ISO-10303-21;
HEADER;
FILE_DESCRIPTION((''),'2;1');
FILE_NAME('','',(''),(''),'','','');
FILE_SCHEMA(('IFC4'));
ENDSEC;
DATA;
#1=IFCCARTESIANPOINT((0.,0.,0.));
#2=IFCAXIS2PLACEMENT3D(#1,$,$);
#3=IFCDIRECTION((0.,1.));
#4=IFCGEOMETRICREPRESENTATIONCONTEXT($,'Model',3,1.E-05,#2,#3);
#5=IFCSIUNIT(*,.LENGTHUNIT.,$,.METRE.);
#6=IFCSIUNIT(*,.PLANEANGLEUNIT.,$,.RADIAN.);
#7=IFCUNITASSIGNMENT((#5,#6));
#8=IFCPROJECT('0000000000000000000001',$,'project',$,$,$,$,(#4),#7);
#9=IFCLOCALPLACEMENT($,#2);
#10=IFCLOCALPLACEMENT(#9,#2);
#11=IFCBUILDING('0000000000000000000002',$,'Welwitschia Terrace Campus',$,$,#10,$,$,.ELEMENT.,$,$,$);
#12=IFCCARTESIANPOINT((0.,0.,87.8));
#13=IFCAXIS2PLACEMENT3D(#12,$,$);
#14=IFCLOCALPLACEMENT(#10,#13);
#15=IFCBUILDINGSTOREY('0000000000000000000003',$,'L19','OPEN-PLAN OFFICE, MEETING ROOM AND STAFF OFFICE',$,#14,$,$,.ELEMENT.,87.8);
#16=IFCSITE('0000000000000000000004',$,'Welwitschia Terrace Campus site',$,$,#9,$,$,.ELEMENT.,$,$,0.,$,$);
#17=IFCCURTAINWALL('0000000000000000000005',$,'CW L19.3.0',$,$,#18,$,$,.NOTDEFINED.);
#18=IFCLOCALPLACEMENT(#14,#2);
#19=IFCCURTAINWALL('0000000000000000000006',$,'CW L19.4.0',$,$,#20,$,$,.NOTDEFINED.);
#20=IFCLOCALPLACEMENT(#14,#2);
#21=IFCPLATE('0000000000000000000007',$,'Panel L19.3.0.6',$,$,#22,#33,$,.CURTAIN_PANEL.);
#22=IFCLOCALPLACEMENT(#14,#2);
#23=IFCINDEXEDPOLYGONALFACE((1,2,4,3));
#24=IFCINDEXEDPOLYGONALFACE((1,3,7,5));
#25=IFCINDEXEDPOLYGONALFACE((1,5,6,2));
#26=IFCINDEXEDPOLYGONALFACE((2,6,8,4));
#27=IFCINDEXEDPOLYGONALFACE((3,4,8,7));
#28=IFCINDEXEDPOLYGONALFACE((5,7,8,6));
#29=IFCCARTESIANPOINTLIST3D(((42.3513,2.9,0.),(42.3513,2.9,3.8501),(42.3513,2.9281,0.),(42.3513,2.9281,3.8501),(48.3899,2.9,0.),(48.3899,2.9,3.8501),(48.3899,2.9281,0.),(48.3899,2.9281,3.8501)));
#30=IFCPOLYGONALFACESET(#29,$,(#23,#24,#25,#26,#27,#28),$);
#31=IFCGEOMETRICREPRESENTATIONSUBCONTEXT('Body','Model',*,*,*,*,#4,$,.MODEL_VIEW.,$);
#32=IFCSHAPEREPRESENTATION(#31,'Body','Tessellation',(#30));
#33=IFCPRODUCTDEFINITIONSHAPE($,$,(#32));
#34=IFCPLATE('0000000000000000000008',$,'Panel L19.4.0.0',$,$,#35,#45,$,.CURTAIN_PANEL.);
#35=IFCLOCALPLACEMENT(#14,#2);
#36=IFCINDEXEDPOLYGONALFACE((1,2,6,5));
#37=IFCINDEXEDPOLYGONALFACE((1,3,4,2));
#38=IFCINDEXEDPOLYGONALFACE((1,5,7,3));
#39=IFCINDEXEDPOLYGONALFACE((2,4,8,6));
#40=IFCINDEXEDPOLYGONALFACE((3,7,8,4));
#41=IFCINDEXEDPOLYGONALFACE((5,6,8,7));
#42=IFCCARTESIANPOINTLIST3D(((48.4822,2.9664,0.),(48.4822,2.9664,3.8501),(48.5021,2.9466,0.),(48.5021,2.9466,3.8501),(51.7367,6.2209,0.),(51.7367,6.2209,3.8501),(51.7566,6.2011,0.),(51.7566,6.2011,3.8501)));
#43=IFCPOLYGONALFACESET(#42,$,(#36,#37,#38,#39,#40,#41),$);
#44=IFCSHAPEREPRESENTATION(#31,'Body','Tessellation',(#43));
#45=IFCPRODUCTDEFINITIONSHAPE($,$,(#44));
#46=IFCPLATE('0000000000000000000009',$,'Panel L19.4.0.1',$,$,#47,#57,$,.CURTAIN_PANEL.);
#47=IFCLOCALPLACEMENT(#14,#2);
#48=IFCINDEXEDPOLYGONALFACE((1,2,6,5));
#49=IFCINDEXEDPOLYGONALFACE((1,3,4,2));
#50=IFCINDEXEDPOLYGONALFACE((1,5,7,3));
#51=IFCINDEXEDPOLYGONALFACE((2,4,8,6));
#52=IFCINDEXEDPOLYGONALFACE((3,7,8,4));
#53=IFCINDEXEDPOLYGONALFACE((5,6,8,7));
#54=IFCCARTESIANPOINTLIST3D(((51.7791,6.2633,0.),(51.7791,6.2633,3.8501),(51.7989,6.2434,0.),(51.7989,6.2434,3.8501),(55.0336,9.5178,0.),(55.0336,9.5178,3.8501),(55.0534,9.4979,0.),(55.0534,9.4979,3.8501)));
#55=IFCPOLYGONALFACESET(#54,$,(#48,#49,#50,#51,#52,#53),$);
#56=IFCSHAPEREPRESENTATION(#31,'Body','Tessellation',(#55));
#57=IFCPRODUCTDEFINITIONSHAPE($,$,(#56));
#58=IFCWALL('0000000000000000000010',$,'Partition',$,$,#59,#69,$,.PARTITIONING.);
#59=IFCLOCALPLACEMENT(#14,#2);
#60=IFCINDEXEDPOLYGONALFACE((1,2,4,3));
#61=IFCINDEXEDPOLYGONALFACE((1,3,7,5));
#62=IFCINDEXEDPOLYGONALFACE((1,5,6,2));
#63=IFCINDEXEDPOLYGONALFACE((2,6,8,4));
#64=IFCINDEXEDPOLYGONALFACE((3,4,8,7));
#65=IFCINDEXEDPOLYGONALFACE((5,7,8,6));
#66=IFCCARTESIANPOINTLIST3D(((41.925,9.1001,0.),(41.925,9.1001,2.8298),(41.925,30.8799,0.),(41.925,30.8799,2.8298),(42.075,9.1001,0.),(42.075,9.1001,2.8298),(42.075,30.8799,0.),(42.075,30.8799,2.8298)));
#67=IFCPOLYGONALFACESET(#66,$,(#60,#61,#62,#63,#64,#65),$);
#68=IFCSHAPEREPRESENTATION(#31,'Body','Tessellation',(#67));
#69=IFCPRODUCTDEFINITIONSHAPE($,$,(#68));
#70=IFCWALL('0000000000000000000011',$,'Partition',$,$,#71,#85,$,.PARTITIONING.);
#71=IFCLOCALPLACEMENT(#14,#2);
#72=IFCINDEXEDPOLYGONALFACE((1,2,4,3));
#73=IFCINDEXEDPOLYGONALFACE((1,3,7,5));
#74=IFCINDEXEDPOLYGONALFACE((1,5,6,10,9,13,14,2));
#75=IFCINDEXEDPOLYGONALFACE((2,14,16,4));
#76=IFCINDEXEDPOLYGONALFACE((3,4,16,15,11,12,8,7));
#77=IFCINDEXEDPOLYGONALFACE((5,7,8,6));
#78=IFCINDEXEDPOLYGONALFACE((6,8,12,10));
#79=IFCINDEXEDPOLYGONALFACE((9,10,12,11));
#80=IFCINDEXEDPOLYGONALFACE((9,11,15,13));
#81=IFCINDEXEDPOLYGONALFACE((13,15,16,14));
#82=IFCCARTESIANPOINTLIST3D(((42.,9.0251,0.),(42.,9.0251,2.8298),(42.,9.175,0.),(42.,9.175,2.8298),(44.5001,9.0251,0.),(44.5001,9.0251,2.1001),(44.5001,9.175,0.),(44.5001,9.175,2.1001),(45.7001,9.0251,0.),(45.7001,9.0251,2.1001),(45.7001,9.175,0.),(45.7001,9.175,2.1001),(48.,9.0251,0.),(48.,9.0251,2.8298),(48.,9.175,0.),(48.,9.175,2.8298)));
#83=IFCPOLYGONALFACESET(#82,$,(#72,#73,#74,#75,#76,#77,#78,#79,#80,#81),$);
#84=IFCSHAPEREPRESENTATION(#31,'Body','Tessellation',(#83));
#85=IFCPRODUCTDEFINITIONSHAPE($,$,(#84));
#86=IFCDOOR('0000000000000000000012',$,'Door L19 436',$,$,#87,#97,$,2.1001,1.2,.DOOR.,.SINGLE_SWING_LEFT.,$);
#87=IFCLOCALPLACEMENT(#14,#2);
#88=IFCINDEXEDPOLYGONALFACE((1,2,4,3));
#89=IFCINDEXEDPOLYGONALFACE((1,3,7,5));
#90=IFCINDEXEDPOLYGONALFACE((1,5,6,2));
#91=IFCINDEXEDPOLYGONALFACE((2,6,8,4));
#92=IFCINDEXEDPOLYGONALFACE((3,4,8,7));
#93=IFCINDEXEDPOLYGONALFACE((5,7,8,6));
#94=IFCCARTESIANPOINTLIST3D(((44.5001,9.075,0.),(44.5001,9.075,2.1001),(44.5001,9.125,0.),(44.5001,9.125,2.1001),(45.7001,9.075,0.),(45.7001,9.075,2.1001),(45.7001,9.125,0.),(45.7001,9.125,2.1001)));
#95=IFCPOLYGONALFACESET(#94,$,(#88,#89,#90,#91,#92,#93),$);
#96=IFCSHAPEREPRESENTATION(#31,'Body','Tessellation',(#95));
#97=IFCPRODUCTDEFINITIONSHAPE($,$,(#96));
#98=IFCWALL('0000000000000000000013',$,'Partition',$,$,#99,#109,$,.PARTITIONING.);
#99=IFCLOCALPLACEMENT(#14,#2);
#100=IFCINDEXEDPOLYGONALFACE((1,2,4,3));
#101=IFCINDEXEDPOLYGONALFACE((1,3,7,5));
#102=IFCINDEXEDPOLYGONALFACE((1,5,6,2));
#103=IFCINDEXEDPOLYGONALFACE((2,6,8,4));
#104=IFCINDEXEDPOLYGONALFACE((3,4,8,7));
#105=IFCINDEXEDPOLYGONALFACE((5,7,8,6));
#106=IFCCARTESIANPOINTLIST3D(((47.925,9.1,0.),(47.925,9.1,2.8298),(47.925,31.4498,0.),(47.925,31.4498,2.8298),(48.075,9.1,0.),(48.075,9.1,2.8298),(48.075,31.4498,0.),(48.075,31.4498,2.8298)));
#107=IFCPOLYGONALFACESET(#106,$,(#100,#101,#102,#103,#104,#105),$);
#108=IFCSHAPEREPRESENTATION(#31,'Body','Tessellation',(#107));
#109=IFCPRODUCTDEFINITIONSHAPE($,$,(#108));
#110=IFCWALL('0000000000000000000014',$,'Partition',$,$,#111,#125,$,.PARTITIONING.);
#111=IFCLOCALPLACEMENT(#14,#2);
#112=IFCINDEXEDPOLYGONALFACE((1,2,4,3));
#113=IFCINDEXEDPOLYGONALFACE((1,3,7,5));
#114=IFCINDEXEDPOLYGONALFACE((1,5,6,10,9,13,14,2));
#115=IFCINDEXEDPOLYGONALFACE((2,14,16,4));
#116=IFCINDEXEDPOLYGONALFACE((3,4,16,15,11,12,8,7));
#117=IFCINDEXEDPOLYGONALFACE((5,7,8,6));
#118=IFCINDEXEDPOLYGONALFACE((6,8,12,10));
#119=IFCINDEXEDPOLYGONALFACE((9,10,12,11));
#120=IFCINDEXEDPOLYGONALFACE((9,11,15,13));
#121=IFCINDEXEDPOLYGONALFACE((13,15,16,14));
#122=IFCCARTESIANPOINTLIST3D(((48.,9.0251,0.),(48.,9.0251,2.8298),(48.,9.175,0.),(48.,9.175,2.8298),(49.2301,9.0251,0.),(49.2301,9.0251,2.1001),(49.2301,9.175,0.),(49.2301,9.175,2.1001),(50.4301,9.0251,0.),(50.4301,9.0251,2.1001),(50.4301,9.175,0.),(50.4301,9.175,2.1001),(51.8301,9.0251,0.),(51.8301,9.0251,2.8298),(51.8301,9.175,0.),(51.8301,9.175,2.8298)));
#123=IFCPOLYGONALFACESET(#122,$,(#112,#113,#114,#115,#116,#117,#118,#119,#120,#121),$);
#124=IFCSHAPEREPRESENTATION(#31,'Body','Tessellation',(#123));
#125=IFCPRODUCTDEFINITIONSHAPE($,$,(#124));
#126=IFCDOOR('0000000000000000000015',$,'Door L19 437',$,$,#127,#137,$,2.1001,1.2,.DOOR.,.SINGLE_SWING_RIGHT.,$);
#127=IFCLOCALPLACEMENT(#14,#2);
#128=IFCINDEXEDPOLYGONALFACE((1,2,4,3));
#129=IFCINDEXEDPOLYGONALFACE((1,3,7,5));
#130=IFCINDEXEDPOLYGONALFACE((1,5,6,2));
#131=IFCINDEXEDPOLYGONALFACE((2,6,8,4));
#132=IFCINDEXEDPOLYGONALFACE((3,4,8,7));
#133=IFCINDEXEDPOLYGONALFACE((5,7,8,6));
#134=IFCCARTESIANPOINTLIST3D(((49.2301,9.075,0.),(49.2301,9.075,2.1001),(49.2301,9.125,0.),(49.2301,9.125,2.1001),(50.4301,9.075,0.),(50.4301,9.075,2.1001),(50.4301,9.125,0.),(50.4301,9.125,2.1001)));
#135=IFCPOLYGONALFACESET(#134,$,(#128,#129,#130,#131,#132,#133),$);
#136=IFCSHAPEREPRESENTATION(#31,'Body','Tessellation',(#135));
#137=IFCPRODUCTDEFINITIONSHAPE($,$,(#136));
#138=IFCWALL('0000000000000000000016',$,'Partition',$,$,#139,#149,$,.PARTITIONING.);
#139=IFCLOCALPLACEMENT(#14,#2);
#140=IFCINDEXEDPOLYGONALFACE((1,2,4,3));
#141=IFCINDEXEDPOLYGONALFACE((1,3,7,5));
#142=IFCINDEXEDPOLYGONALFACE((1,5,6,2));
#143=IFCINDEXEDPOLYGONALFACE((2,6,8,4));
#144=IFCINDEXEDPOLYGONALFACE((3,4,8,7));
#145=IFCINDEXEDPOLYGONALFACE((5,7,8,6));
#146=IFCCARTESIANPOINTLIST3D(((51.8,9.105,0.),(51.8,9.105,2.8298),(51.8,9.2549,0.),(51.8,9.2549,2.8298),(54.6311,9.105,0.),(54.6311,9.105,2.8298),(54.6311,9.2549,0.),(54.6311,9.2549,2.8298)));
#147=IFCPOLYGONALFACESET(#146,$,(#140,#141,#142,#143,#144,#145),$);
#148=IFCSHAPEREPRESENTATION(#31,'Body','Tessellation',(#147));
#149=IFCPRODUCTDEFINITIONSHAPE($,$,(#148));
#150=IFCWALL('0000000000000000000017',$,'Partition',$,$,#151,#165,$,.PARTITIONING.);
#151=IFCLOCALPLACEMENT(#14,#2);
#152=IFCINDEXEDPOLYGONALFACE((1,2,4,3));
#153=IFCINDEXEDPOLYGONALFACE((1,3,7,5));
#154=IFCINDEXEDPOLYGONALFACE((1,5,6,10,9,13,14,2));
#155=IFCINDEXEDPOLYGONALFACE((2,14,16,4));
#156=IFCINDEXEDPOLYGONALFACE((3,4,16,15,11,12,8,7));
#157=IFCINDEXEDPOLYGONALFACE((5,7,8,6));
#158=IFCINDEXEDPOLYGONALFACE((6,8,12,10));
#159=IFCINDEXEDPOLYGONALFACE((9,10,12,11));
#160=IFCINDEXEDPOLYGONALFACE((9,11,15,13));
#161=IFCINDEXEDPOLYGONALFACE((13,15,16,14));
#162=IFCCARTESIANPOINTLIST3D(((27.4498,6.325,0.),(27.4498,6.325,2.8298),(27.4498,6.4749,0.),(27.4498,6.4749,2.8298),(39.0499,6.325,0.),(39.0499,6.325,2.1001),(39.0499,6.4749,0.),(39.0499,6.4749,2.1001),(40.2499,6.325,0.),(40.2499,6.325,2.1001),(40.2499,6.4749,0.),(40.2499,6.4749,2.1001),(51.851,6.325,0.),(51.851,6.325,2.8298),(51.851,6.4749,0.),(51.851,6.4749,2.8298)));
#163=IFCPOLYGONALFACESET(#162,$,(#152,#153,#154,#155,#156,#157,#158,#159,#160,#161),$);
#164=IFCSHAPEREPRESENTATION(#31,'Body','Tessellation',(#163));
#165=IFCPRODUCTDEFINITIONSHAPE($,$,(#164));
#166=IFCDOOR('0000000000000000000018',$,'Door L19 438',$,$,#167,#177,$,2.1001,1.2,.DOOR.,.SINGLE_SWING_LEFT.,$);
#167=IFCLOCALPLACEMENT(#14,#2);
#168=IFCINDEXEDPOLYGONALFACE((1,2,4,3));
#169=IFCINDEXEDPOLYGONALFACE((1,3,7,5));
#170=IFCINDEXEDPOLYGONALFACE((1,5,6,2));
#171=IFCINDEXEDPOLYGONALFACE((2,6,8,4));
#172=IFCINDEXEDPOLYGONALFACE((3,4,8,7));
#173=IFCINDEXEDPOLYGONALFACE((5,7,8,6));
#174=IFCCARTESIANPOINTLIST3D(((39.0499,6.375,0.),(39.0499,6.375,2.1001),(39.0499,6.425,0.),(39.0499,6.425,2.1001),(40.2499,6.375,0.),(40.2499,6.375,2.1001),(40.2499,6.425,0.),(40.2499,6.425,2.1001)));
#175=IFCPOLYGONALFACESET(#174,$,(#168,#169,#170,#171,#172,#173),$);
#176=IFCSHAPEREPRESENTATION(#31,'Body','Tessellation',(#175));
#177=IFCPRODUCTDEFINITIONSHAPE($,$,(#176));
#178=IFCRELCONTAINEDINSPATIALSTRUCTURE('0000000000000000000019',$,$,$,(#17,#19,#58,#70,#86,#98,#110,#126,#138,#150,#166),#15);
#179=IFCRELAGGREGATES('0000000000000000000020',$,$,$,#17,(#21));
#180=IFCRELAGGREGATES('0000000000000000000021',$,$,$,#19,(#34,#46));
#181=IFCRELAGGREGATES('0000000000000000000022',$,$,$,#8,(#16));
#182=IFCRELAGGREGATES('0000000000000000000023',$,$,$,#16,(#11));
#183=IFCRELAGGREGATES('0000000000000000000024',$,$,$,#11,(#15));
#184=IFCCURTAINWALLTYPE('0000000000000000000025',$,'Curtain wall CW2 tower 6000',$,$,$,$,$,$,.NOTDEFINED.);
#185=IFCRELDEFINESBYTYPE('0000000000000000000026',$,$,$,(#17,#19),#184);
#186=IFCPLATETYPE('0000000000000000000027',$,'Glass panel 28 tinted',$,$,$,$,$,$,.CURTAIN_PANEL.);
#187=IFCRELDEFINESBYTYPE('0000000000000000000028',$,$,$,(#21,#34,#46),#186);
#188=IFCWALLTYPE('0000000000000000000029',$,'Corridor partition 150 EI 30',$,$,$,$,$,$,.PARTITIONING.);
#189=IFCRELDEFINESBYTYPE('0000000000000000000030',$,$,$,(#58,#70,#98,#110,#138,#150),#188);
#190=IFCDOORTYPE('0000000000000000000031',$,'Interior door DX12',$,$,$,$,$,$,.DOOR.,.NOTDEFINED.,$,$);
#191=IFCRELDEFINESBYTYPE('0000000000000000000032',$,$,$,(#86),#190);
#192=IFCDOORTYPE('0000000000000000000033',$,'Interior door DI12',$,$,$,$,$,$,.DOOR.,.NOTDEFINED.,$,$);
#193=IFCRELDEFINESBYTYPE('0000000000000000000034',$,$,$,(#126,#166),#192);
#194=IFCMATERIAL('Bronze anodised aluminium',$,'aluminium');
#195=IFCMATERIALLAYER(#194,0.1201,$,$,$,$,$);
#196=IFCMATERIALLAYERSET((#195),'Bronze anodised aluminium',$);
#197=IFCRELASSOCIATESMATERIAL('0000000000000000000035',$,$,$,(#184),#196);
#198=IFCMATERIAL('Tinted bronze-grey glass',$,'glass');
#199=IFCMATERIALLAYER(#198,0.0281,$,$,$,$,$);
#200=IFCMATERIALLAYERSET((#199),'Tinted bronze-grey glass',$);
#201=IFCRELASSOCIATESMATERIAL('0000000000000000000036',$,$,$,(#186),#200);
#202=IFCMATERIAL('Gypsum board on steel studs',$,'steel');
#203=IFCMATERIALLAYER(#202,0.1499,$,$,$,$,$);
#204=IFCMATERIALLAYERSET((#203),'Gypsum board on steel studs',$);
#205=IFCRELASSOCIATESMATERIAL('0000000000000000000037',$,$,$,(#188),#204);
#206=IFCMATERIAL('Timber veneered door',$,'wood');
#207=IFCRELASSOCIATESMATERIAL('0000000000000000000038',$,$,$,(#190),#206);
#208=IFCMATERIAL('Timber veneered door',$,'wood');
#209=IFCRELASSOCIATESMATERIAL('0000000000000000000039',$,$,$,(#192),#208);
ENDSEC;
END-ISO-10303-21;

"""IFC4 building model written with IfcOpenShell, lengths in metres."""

from ifc_helpers import new_model, si_unit, direction, frame, frame_2d, origin, origin_2d, place, context, subcontext, project, spatial, rectangle, extrude, material, layer, layer_set, type_object, element, fill, aggregate, save


model = new_model("IFC4")

# Units and contexts
model_context = context("Model", 3, precision=1e-05, world=origin(), true_north=direction((0.0, 1.0)))
body_context = subcontext(model_context, "Body", "Model", "MODEL_VIEW")
ifc_project = project(units=[si_unit("LENGTHUNIT", "METRE"), si_unit("PLANEANGLEUNIT", "RADIAN")], contexts=[model_context])

# Site, building, storey
site_placement = place(None, origin())
site = spatial("IfcSite", under=ifc_project, at=site_placement, Name="Welwitschia Terrace Campus site", CompositionType="ELEMENT", RefElevation=0.0)
building_placement = place(site_placement, origin())
building = spatial("IfcBuilding", under=site, at=building_placement, Name="Welwitschia Terrace Campus", CompositionType="ELEMENT")
storey_placement = place(building_placement, frame((0.0, 0.0, 87.8)))
storey = spatial("IfcBuildingStorey", under=building, at=storey_placement, Name="L19", Description="OPEN-PLAN OFFICE, MEETING ROOM AND STAFF OFFICE", CompositionType="ELEMENT", Elevation=87.8)

# Curtain walls
ifc_material_1 = material(Name="Bronze anodised aluminium", Category="aluminium")
ifc_layer_1 = layer(ifc_material_1, 0.1201)
ifc_layer_set_1 = layer_set([ifc_layer_1], Name="Bronze anodised aluminium")
curtain_wall_type = type_object("IfcCurtainWallType", Name="Curtain wall CW2 tower 6000", PredefinedType="NOTDEFINED", material=ifc_layer_set_1)
curtain_wall_1_placement = place(storey_placement, origin())
curtain_wall_1 = element("IfcCurtainWall", 1, at=curtain_wall_1_placement, inside=storey, type_object=curtain_wall_type, Name="CW L19.3.0", PredefinedType="NOTDEFINED")
curtain_wall_2_placement = place(storey_placement, origin())
curtain_wall_2 = element("IfcCurtainWall", 2, at=curtain_wall_2_placement, inside=storey, type_object=curtain_wall_type, Name="CW L19.4.0", PredefinedType="NOTDEFINED")

# Plates
ifc_material_2 = material(Name="Tinted bronze-grey glass", Category="glass")
ifc_layer_2 = layer(ifc_material_2, 0.0281)
ifc_layer_set_2 = layer_set([ifc_layer_2], Name="Tinted bronze-grey glass")
plate_type = type_object("IfcPlateType", Name="Glass panel 28 tinted", PredefinedType="CURTAIN_PANEL", material=ifc_layer_set_2)
plate_1_placement = place(storey_placement, frame((45.3706, 2.9141, 0.0), z_axis=(0.0, 0.0, 1.0), x_axis=(1.0, 0.0, 0.0)))
plate_1 = element("IfcPlate", 3, at=plate_1_placement, type_object=plate_type, Name="Panel L19.3.0.6", PredefinedType="CURTAIN_PANEL", context=body_context, shape_type="SweptSolid", body=[
    extrude(rectangle(XDim=6.0386, YDim=0.0281, at=origin_2d()), origin(), (0.0, 0.0, 1.0), 3.8501),
])
aggregate(curtain_wall_1, [plate_1])
plate_2_placement = place(storey_placement, frame((50.1194, 4.5837, 0.0), z_axis=(0.0, 0.0, 1.0), x_axis=(0.707107, 0.707107, 0.0)))
plate_2 = element("IfcPlate", 4, at=plate_2_placement, type_object=plate_type, Name="Panel L19.4.0.0", PredefinedType="CURTAIN_PANEL", context=body_context, shape_type="SweptSolid", body=[
    extrude(rectangle(XDim=4.6025, YDim=0.0281, at=origin_2d()), origin(), (0.0, 0.0, 1.0), 3.8501),
])
plate_3_placement = place(storey_placement, frame((53.4163, 7.8806, 0.0), z_axis=(0.0, 0.0, 1.0), x_axis=(0.707107, 0.707107, 0.0)))
plate_3 = element("IfcPlate", 5, at=plate_3_placement, type_object=plate_type, Name="Panel L19.4.0.1", PredefinedType="CURTAIN_PANEL", context=body_context, shape_type="SweptSolid", body=[
    extrude(rectangle(XDim=4.6025, YDim=0.0281, at=origin_2d()), origin(), (0.0, 0.0, 1.0), 3.8501),
])
aggregate(curtain_wall_2, [plate_2, plate_3])

# Wall
ifc_material_3 = material(Name="Gypsum board on steel studs", Category="steel")
ifc_layer_3 = layer(ifc_material_3, 0.1499)
ifc_layer_set_3 = layer_set([ifc_layer_3], Name="Gypsum board on steel studs")
wall_type = type_object("IfcWallType", Name="Corridor partition 150 EI 30", PredefinedType="PARTITIONING", material=ifc_layer_set_3)
wall_1_placement = place(storey_placement, frame((42.0, 9.1001, 0.0), z_axis=(0.0, 0.0, 1.0), x_axis=(0.0, 1.0, 0.0)))
element("IfcWall", 6, at=wall_1_placement, inside=storey, type_object=wall_type, Name="Partition", PredefinedType="PARTITIONING", context=body_context, shape_type="SweptSolid", body=[
    extrude(rectangle(XDim=21.7798, YDim=0.1499, at=frame_2d((10.8899, 0.0))), origin(), (0.0, 0.0, 1.0), 2.8298),
])

# Wall, opening, door
wall_2_placement = place(storey_placement, frame((42.0, 9.1001, 0.0), z_axis=(0.0, 0.0, 1.0), x_axis=(1.0, 0.0, 0.0)))
wall_2 = element("IfcWall", 7, at=wall_2_placement, inside=storey, type_object=wall_type, Name="Partition", PredefinedType="PARTITIONING", context=body_context, shape_type="SweptSolid", body=[
    extrude(rectangle(XDim=6.0, YDim=0.1499, at=frame_2d((3.0, 0.0))), origin(), (0.0, 0.0, 1.0), 2.8298),
])
opening_1_placement = place(wall_2_placement, frame((2.5, 0.0, 0.0)))
opening_1 = element("IfcOpeningElement", 8, at=opening_1_placement, cuts=wall_2, PredefinedType="OPENING", context=body_context, shape_type="SweptSolid", body=[
    extrude(rectangle(XDim=1.2, YDim=2.1001, at=frame_2d((0.6001, 1.05))), frame((0.0, 0.085, 0.0), z_axis=(0.0, -1.0, 0.0), x_axis=(1.0, 0.0, 0.0)), (0.0, 0.0, 1.0), 0.1699),
])
ifc_material_4 = material(Name="Timber veneered door", Category="wood")
door_type_1 = type_object("IfcDoorType", Name="Interior door DX12", OperationType="NOTDEFINED", PredefinedType="DOOR", material=ifc_material_4)
door_1_placement = place(opening_1_placement, origin())
door_1 = element("IfcDoor", 9, at=door_1_placement, inside=storey, type_object=door_type_1, Name="Door L19 436", OperationType="SINGLE_SWING_LEFT", OverallHeight=2.1001, OverallWidth=1.2, PredefinedType="DOOR", context=body_context, shape_type="SweptSolid", body=[
    extrude(rectangle(XDim=1.2, YDim=2.1001, at=frame_2d((0.6001, 1.05))), frame((0.0, 0.0249, 0.0), z_axis=(0.0, -1.0, 0.0), x_axis=(1.0, 0.0, 0.0)), (0.0, 0.0, 1.0), 0.05),
])
fill(opening_1, door_1)

# Wall
wall_3_placement = place(storey_placement, frame((48.0, 9.1001, 0.0), z_axis=(0.0, 0.0, 1.0), x_axis=(0.0, 1.0, 0.0)))
element("IfcWall", 10, at=wall_3_placement, inside=storey, type_object=wall_type, Name="Partition", PredefinedType="PARTITIONING", context=body_context, shape_type="SweptSolid", body=[
    extrude(rectangle(XDim=22.3499, YDim=0.1499, at=frame_2d((11.1748, 0.0))), origin(), (0.0, 0.0, 1.0), 2.8298),
])

# Wall, opening, door
wall_4_placement = place(storey_placement, frame((48.0, 9.1001, 0.0), z_axis=(0.0, 0.0, 1.0), x_axis=(1.0, 0.0, 0.0)))
wall_4 = element("IfcWall", 11, at=wall_4_placement, inside=storey, type_object=wall_type, Name="Partition", PredefinedType="PARTITIONING", context=body_context, shape_type="SweptSolid", body=[
    extrude(rectangle(XDim=3.8301, YDim=0.1499, at=frame_2d((1.915, 0.0))), origin(), (0.0, 0.0, 1.0), 2.8298),
])
opening_2_placement = place(wall_4_placement, frame((1.23, 0.0, 0.0)))
opening_2 = element("IfcOpeningElement", 12, at=opening_2_placement, cuts=wall_4, PredefinedType="OPENING", context=body_context, shape_type="SweptSolid", body=[
    extrude(rectangle(XDim=1.2, YDim=2.1001, at=frame_2d((0.6001, 1.05))), frame((0.0, 0.085, 0.0), z_axis=(0.0, -1.0, 0.0), x_axis=(1.0, 0.0, 0.0)), (0.0, 0.0, 1.0), 0.1699),
])
ifc_material_5 = material(Name="Timber veneered door", Category="wood")
door_type_2 = type_object("IfcDoorType", Name="Interior door DI12", OperationType="NOTDEFINED", PredefinedType="DOOR", material=ifc_material_5)
door_2_placement = place(opening_2_placement, origin())
door_2 = element("IfcDoor", 13, at=door_2_placement, inside=storey, type_object=door_type_2, Name="Door L19 437", OperationType="SINGLE_SWING_RIGHT", OverallHeight=2.1001, OverallWidth=1.2, PredefinedType="DOOR", context=body_context, shape_type="SweptSolid", body=[
    extrude(rectangle(XDim=1.2, YDim=2.1001, at=frame_2d((0.6001, 1.05))), frame((0.0, 0.0249, 0.0), z_axis=(0.0, -1.0, 0.0), x_axis=(1.0, 0.0, 0.0)), (0.0, 0.0, 1.0), 0.05),
])
fill(opening_2, door_2)

# Wall
wall_5_placement = place(storey_placement, frame((51.8, 9.1799, 0.0), z_axis=(0.0, 0.0, 1.0), x_axis=(1.0, 0.0, 0.0)))
element("IfcWall", 14, at=wall_5_placement, inside=storey, type_object=wall_type, Name="Partition", PredefinedType="PARTITIONING", context=body_context, shape_type="SweptSolid", body=[
    extrude(rectangle(XDim=2.8311, YDim=0.1499, at=frame_2d((1.4155, 0.0))), origin(), (0.0, 0.0, 1.0), 2.8298),
])

# Wall, opening, door
wall_6_placement = place(storey_placement, frame((51.8511, 6.3999, 0.0), z_axis=(0.0, 0.0, 1.0), x_axis=(-1.0, 0.0, 0.0)))
wall_6 = element("IfcWall", 15, at=wall_6_placement, inside=storey, type_object=wall_type, Name="Partition", PredefinedType="PARTITIONING", context=body_context, shape_type="SweptSolid", body=[
    extrude(rectangle(XDim=24.4011, YDim=0.1499, at=frame_2d((12.2007, 0.0))), origin(), (0.0, 0.0, 1.0), 2.8298),
])
opening_3_placement = place(wall_6_placement, frame((11.6011, 0.0, 0.0)))
opening_3 = element("IfcOpeningElement", 16, at=opening_3_placement, cuts=wall_6, PredefinedType="OPENING", context=body_context, shape_type="SweptSolid", body=[
    extrude(rectangle(XDim=1.2, YDim=2.1001, at=frame_2d((0.6001, 1.05))), frame((0.0, 0.085, 0.0), z_axis=(0.0, -1.0, 0.0), x_axis=(1.0, 0.0, 0.0)), (0.0, 0.0, 1.0), 0.1699),
])
door_3_placement = place(opening_3_placement, origin())
door_3 = element("IfcDoor", 17, at=door_3_placement, inside=storey, type_object=door_type_2, Name="Door L19 438", OperationType="SINGLE_SWING_LEFT", OverallHeight=2.1001, OverallWidth=1.2, PredefinedType="DOOR", context=body_context, shape_type="SweptSolid", body=[
    extrude(rectangle(XDim=1.2, YDim=2.1001, at=frame_2d((0.6001, 1.05))), frame((0.0, 0.0249, 0.0), z_axis=(0.0, -1.0, 0.0), x_axis=(1.0, 0.0, 0.0)), (0.0, 0.0, 1.0), 0.05),
])
fill(opening_3, door_3)

save(model, "model.ifc")
